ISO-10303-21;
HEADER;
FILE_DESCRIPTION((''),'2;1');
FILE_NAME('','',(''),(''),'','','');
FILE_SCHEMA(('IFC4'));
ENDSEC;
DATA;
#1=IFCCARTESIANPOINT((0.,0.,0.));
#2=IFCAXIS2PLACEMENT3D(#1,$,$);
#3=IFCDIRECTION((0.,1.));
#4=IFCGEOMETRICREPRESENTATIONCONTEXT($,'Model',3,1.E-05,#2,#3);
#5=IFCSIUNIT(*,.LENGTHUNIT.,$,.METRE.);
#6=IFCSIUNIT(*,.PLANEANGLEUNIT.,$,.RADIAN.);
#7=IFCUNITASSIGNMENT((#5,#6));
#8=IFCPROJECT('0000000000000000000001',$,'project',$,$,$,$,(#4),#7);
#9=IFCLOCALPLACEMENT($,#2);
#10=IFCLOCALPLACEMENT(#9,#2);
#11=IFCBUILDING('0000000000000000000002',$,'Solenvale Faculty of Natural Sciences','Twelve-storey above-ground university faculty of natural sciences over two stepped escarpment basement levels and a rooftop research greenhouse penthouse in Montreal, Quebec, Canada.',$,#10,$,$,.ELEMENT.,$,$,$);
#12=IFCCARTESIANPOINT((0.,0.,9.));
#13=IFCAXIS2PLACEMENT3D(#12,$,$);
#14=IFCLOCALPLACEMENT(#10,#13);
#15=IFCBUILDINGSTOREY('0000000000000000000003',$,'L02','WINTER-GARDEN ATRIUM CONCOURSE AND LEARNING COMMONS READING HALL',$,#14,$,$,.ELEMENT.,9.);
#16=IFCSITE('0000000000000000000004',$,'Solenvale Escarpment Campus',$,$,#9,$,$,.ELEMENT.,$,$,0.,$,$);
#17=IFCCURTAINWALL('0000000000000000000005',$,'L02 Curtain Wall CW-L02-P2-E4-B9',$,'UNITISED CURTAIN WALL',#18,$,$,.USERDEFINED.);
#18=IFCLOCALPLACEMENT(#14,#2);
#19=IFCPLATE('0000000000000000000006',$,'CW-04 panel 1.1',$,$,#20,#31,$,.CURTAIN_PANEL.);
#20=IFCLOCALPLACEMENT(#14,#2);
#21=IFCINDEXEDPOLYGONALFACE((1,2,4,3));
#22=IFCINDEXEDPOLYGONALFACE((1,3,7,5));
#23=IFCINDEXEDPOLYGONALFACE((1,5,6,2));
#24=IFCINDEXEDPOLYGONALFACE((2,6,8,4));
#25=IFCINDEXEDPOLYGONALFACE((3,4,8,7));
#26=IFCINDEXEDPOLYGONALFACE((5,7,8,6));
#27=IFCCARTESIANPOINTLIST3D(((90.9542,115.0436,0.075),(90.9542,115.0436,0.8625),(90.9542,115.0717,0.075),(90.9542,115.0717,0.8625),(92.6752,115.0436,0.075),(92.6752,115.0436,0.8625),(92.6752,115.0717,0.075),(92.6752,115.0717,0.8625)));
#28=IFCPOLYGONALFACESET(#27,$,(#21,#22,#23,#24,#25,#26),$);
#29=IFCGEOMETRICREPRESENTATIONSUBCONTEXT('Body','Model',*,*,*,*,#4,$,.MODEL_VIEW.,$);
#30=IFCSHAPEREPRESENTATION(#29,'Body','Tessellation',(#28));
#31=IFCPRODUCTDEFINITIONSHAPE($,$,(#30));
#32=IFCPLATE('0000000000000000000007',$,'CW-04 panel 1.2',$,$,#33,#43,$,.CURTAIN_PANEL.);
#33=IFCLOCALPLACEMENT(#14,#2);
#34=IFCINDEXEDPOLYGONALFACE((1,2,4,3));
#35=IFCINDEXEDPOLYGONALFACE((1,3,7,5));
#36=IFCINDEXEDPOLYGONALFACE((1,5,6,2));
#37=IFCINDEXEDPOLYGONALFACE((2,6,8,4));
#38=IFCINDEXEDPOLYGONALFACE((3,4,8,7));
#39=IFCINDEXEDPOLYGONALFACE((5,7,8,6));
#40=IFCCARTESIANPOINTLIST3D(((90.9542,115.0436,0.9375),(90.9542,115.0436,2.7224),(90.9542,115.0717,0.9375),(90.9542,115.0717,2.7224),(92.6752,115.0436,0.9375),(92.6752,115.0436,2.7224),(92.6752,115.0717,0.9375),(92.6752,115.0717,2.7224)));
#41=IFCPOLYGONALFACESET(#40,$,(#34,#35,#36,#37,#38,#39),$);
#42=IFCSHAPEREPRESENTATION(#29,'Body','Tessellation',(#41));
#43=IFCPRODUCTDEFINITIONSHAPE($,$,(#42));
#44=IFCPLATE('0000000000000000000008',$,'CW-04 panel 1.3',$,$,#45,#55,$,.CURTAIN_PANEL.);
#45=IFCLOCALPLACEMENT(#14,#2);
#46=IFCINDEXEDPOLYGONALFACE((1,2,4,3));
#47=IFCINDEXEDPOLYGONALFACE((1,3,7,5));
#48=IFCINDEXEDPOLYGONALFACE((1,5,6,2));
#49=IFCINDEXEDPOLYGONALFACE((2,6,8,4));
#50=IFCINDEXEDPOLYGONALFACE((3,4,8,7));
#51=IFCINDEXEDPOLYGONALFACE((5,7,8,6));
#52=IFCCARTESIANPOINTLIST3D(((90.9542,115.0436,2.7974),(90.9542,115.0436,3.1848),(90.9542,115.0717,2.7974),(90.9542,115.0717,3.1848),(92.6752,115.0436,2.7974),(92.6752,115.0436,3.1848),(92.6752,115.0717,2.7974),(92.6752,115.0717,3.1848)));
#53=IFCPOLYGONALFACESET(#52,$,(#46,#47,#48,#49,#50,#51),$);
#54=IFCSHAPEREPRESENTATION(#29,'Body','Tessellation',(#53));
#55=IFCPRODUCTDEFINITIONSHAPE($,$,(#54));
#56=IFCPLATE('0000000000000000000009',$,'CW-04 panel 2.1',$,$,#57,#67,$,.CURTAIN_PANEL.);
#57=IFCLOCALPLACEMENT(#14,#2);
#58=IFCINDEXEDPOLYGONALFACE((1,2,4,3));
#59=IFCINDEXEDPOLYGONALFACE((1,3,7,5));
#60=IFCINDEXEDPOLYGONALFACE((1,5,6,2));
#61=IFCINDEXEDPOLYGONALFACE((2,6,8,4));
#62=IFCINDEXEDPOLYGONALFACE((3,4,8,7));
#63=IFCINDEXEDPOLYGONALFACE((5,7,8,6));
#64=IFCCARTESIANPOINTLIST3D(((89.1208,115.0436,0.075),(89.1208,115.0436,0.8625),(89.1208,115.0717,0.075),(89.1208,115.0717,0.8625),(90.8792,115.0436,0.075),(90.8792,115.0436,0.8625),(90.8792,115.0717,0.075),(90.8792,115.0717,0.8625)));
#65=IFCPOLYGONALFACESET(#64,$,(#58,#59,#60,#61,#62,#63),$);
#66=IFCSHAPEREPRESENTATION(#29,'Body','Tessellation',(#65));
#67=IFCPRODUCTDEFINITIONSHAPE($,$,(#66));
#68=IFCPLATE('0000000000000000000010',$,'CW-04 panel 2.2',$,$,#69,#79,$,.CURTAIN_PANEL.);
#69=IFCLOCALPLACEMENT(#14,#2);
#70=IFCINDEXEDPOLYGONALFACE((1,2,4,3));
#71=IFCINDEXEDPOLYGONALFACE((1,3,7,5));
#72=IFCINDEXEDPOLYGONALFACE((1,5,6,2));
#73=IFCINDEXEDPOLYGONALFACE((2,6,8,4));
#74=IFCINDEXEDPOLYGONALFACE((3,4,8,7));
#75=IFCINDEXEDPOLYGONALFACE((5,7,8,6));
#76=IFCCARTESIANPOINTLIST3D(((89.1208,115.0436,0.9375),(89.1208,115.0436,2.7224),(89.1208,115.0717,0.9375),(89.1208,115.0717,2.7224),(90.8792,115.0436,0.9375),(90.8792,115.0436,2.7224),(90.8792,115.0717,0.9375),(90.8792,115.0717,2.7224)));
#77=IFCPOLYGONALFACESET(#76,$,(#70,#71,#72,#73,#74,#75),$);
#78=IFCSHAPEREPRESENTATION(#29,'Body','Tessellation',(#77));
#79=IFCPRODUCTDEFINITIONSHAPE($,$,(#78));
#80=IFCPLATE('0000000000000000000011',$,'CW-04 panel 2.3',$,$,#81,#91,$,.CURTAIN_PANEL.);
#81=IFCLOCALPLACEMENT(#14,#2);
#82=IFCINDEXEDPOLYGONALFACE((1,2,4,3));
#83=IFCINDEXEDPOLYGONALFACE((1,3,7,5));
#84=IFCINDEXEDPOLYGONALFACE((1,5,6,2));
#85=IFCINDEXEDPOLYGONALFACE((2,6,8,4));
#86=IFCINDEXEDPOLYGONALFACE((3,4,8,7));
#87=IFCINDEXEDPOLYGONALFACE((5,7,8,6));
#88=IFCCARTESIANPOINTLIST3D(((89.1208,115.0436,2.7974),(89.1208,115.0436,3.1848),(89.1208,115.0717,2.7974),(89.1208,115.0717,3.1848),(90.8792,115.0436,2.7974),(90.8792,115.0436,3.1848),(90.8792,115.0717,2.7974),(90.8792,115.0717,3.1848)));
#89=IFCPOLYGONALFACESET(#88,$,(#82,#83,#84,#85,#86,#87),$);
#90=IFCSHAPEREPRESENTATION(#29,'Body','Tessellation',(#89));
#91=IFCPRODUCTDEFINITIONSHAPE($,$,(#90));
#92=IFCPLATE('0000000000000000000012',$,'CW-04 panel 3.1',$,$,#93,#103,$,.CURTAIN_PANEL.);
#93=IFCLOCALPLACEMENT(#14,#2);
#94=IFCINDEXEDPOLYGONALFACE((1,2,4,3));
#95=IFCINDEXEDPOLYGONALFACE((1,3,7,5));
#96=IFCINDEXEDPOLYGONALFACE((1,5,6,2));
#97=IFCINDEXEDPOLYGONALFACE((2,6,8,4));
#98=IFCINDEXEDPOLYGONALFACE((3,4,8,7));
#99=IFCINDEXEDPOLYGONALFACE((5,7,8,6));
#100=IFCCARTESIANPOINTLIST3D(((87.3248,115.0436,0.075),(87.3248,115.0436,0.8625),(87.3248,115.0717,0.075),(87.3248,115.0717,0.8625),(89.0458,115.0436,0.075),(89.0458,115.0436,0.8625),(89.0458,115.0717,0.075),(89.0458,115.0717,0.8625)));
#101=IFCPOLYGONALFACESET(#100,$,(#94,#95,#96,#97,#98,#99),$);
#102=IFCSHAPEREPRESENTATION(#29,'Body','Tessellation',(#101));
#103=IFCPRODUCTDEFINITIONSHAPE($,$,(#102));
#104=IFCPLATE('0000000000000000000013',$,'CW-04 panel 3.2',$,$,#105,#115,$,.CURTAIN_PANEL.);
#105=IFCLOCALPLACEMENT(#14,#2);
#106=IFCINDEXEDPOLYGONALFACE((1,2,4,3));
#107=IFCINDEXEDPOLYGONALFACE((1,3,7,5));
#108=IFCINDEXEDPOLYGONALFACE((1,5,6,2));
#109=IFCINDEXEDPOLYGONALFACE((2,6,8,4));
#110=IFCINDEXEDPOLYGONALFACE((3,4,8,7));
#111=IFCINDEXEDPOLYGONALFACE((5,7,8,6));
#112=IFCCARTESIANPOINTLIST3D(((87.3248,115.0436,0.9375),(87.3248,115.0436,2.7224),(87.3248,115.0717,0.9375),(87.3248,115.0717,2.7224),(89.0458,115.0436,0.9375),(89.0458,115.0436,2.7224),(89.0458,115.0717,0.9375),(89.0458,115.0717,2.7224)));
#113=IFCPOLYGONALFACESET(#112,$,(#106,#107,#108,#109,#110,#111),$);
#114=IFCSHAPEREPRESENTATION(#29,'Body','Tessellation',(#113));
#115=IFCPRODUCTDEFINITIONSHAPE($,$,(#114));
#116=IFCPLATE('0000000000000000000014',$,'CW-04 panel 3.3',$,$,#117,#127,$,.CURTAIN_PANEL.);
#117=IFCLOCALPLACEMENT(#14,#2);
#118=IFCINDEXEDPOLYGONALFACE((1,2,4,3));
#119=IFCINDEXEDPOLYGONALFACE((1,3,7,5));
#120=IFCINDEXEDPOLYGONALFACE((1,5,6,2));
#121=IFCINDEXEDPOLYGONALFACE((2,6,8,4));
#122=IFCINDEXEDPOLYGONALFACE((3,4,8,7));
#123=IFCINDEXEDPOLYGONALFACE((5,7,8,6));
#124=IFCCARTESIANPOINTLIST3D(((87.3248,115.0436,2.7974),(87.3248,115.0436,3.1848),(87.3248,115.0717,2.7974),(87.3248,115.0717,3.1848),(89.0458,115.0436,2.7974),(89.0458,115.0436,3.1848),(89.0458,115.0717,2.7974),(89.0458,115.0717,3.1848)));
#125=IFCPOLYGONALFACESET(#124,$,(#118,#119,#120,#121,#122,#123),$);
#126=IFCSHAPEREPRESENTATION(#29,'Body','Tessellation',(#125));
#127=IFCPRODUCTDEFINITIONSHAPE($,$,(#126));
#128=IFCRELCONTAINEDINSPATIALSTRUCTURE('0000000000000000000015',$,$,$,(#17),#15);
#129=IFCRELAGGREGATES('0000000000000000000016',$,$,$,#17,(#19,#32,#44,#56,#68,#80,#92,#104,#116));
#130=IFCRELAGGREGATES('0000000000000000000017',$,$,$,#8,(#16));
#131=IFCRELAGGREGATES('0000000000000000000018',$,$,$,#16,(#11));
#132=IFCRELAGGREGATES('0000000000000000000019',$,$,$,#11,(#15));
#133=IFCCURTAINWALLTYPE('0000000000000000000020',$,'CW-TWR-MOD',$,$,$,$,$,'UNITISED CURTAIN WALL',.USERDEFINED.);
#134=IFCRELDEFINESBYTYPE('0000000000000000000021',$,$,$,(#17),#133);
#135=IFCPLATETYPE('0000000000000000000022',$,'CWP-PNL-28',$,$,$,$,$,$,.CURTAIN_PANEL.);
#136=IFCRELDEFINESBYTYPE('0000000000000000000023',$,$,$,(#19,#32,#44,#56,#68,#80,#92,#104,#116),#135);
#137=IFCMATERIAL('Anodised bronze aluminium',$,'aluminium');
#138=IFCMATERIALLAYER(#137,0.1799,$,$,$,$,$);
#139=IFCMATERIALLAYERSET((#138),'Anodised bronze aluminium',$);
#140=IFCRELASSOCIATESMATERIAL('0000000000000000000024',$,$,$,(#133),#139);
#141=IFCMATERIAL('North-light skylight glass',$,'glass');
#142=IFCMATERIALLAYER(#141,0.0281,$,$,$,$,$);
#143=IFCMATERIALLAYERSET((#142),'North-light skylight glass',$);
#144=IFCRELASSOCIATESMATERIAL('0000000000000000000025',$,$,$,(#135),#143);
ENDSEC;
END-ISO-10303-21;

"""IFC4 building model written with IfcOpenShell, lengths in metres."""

from ifc_helpers import new_model, si_unit, direction, frame, origin, origin_2d, place, context, subcontext, project, spatial, rectangle, extrude, material, layer, layer_set, type_object, element, aggregate, save


model = new_model("IFC4")

# Units and contexts
model_context = context("Model", 3, precision=1e-05, world=origin(), true_north=direction((0.0, 1.0)))
body_context = subcontext(model_context, "Body", "Model", "MODEL_VIEW")
ifc_project = project(units=[si_unit("LENGTHUNIT", "METRE"), si_unit("PLANEANGLEUNIT", "RADIAN")], contexts=[model_context])

# Site, building, storey
site_placement = place(None, origin())
site = spatial("IfcSite", under=ifc_project, at=site_placement, Name="Solenvale Escarpment Campus", CompositionType="ELEMENT", RefElevation=0.0)
building_placement = place(site_placement, origin())
building = spatial("IfcBuilding", under=site, at=building_placement, Name="Solenvale Faculty of Natural Sciences", Description="Twelve-storey above-ground university faculty of natural sciences over two stepped escarpment basement levels and a rooftop research greenhouse penthouse in Montreal, Quebec, Canada.", CompositionType="ELEMENT")
storey_placement = place(building_placement, frame((0.0, 0.0, 9.0)))
storey = spatial("IfcBuildingStorey", under=building, at=storey_placement, Name="L02", Description="WINTER-GARDEN ATRIUM CONCOURSE AND LEARNING COMMONS READING HALL", CompositionType="ELEMENT", Elevation=9.0)

# Curtain wall, plates
ifc_material_1 = material(Name="Anodised bronze aluminium", Category="aluminium")
ifc_layer_1 = layer(ifc_material_1, 0.1799)
ifc_layer_set_1 = layer_set([ifc_layer_1], Name="Anodised bronze aluminium")
curtain_wall_type = type_object("IfcCurtainWallType", Name="CW-TWR-MOD", ElementType="UNITISED CURTAIN WALL", PredefinedType="USERDEFINED", material=ifc_layer_set_1)
curtain_wall_placement = place(storey_placement, origin())
curtain_wall = element("IfcCurtainWall", 1, at=curtain_wall_placement, inside=storey, type_object=curtain_wall_type, Name="L02 Curtain Wall CW-L02-P2-E4-B9", ObjectType="UNITISED CURTAIN WALL", PredefinedType="USERDEFINED")
ifc_material_2 = material(Name="North-light skylight glass", Category="glass")
ifc_layer_2 = layer(ifc_material_2, 0.0281)
ifc_layer_set_2 = layer_set([ifc_layer_2], Name="North-light skylight glass")
plate_type = type_object("IfcPlateType", Name="CWP-PNL-28", PredefinedType="CURTAIN_PANEL", material=ifc_layer_set_2)
plate_1_placement = place(storey_placement, frame((91.8147, 115.0576, 0.075), z_axis=(0.0, 0.0, 1.0), x_axis=(-1.0, 0.0, 0.0)))
plate_1 = element("IfcPlate", 2, at=plate_1_placement, type_object=plate_type, Name="CW-04 panel 1.1", PredefinedType="CURTAIN_PANEL", context=body_context, shape_type="SweptSolid", body=[
    extrude(rectangle(XDim=1.7209, YDim=0.0281, at=origin_2d()), origin(), (0.0, 0.0, 1.0), 0.7876),
])
plate_2_placement = place(storey_placement, frame((91.8147, 115.0576, 0.9375), z_axis=(0.0, 0.0, 1.0), x_axis=(-1.0, 0.0, 0.0)))
plate_2 = element("IfcPlate", 3, at=plate_2_placement, type_object=plate_type, Name="CW-04 panel 1.2", PredefinedType="CURTAIN_PANEL", context=body_context, shape_type="SweptSolid", body=[
    extrude(rectangle(XDim=1.7209, YDim=0.0281, at=origin_2d()), origin(), (0.0, 0.0, 1.0), 1.7849),
])
plate_3_placement = place(storey_placement, frame((91.8147, 115.0576, 2.7974), z_axis=(0.0, 0.0, 1.0), x_axis=(-1.0, 0.0, 0.0)))
plate_3 = element("IfcPlate", 4, at=plate_3_placement, type_object=plate_type, Name="CW-04 panel 1.3", PredefinedType="CURTAIN_PANEL", context=body_context, shape_type="SweptSolid", body=[
    extrude(rectangle(XDim=1.7209, YDim=0.0281, at=origin_2d()), origin(), (0.0, 0.0, 1.0), 0.3875),
])
plate_4_placement = place(storey_placement, frame((90.0, 115.0576, 0.075), z_axis=(0.0, 0.0, 1.0), x_axis=(-1.0, 0.0, 0.0)))
plate_4 = element("IfcPlate", 5, at=plate_4_placement, type_object=plate_type, Name="CW-04 panel 2.1", PredefinedType="CURTAIN_PANEL", context=body_context, shape_type="SweptSolid", body=[
    extrude(rectangle(XDim=1.7583, YDim=0.0281, at=origin_2d()), origin(), (0.0, 0.0, 1.0), 0.7876),
])
plate_5_placement = place(storey_placement, frame((90.0, 115.0576, 0.9375), z_axis=(0.0, 0.0, 1.0), x_axis=(-1.0, 0.0, 0.0)))
plate_5 = element("IfcPlate", 6, at=plate_5_placement, type_object=plate_type, Name="CW-04 panel 2.2", PredefinedType="CURTAIN_PANEL", context=body_context, shape_type="SweptSolid", body=[
    extrude(rectangle(XDim=1.7583, YDim=0.0281, at=origin_2d()), origin(), (0.0, 0.0, 1.0), 1.7849),
])
plate_6_placement = place(storey_placement, frame((90.0, 115.0576, 2.7974), z_axis=(0.0, 0.0, 1.0), x_axis=(-1.0, 0.0, 0.0)))
plate_6 = element("IfcPlate", 7, at=plate_6_placement, type_object=plate_type, Name="CW-04 panel 2.3", PredefinedType="CURTAIN_PANEL", context=body_context, shape_type="SweptSolid", body=[
    extrude(rectangle(XDim=1.7583, YDim=0.0281, at=origin_2d()), origin(), (0.0, 0.0, 1.0), 0.3875),
])
plate_7_placement = place(storey_placement, frame((88.1853, 115.0576, 0.075), z_axis=(0.0, 0.0, 1.0), x_axis=(-1.0, 0.0, 0.0)))
plate_7 = element("IfcPlate", 8, at=plate_7_placement, type_object=plate_type, Name="CW-04 panel 3.1", PredefinedType="CURTAIN_PANEL", context=body_context, shape_type="SweptSolid", body=[
    extrude(rectangle(XDim=1.7209, YDim=0.0281, at=origin_2d()), origin(), (0.0, 0.0, 1.0), 0.7876),
])
plate_8_placement = place(storey_placement, frame((88.1853, 115.0576, 0.9375), z_axis=(0.0, 0.0, 1.0), x_axis=(-1.0, 0.0, 0.0)))
plate_8 = element("IfcPlate", 9, at=plate_8_placement, type_object=plate_type, Name="CW-04 panel 3.2", PredefinedType="CURTAIN_PANEL", context=body_context, shape_type="SweptSolid", body=[
    extrude(rectangle(XDim=1.7209, YDim=0.0281, at=origin_2d()), origin(), (0.0, 0.0, 1.0), 1.7849),
])
plate_9_placement = place(storey_placement, frame((88.1853, 115.0576, 2.7974), z_axis=(0.0, 0.0, 1.0), x_axis=(-1.0, 0.0, 0.0)))
plate_9 = element("IfcPlate", 10, at=plate_9_placement, type_object=plate_type, Name="CW-04 panel 3.3", PredefinedType="CURTAIN_PANEL", context=body_context, shape_type="SweptSolid", body=[
    extrude(rectangle(XDim=1.7209, YDim=0.0281, at=origin_2d()), origin(), (0.0, 0.0, 1.0), 0.3875),
])
aggregate(curtain_wall, [plate_1, plate_2, plate_3, plate_4, plate_5, plate_6, plate_7, plate_8, plate_9])

save(model, "model.ifc")
